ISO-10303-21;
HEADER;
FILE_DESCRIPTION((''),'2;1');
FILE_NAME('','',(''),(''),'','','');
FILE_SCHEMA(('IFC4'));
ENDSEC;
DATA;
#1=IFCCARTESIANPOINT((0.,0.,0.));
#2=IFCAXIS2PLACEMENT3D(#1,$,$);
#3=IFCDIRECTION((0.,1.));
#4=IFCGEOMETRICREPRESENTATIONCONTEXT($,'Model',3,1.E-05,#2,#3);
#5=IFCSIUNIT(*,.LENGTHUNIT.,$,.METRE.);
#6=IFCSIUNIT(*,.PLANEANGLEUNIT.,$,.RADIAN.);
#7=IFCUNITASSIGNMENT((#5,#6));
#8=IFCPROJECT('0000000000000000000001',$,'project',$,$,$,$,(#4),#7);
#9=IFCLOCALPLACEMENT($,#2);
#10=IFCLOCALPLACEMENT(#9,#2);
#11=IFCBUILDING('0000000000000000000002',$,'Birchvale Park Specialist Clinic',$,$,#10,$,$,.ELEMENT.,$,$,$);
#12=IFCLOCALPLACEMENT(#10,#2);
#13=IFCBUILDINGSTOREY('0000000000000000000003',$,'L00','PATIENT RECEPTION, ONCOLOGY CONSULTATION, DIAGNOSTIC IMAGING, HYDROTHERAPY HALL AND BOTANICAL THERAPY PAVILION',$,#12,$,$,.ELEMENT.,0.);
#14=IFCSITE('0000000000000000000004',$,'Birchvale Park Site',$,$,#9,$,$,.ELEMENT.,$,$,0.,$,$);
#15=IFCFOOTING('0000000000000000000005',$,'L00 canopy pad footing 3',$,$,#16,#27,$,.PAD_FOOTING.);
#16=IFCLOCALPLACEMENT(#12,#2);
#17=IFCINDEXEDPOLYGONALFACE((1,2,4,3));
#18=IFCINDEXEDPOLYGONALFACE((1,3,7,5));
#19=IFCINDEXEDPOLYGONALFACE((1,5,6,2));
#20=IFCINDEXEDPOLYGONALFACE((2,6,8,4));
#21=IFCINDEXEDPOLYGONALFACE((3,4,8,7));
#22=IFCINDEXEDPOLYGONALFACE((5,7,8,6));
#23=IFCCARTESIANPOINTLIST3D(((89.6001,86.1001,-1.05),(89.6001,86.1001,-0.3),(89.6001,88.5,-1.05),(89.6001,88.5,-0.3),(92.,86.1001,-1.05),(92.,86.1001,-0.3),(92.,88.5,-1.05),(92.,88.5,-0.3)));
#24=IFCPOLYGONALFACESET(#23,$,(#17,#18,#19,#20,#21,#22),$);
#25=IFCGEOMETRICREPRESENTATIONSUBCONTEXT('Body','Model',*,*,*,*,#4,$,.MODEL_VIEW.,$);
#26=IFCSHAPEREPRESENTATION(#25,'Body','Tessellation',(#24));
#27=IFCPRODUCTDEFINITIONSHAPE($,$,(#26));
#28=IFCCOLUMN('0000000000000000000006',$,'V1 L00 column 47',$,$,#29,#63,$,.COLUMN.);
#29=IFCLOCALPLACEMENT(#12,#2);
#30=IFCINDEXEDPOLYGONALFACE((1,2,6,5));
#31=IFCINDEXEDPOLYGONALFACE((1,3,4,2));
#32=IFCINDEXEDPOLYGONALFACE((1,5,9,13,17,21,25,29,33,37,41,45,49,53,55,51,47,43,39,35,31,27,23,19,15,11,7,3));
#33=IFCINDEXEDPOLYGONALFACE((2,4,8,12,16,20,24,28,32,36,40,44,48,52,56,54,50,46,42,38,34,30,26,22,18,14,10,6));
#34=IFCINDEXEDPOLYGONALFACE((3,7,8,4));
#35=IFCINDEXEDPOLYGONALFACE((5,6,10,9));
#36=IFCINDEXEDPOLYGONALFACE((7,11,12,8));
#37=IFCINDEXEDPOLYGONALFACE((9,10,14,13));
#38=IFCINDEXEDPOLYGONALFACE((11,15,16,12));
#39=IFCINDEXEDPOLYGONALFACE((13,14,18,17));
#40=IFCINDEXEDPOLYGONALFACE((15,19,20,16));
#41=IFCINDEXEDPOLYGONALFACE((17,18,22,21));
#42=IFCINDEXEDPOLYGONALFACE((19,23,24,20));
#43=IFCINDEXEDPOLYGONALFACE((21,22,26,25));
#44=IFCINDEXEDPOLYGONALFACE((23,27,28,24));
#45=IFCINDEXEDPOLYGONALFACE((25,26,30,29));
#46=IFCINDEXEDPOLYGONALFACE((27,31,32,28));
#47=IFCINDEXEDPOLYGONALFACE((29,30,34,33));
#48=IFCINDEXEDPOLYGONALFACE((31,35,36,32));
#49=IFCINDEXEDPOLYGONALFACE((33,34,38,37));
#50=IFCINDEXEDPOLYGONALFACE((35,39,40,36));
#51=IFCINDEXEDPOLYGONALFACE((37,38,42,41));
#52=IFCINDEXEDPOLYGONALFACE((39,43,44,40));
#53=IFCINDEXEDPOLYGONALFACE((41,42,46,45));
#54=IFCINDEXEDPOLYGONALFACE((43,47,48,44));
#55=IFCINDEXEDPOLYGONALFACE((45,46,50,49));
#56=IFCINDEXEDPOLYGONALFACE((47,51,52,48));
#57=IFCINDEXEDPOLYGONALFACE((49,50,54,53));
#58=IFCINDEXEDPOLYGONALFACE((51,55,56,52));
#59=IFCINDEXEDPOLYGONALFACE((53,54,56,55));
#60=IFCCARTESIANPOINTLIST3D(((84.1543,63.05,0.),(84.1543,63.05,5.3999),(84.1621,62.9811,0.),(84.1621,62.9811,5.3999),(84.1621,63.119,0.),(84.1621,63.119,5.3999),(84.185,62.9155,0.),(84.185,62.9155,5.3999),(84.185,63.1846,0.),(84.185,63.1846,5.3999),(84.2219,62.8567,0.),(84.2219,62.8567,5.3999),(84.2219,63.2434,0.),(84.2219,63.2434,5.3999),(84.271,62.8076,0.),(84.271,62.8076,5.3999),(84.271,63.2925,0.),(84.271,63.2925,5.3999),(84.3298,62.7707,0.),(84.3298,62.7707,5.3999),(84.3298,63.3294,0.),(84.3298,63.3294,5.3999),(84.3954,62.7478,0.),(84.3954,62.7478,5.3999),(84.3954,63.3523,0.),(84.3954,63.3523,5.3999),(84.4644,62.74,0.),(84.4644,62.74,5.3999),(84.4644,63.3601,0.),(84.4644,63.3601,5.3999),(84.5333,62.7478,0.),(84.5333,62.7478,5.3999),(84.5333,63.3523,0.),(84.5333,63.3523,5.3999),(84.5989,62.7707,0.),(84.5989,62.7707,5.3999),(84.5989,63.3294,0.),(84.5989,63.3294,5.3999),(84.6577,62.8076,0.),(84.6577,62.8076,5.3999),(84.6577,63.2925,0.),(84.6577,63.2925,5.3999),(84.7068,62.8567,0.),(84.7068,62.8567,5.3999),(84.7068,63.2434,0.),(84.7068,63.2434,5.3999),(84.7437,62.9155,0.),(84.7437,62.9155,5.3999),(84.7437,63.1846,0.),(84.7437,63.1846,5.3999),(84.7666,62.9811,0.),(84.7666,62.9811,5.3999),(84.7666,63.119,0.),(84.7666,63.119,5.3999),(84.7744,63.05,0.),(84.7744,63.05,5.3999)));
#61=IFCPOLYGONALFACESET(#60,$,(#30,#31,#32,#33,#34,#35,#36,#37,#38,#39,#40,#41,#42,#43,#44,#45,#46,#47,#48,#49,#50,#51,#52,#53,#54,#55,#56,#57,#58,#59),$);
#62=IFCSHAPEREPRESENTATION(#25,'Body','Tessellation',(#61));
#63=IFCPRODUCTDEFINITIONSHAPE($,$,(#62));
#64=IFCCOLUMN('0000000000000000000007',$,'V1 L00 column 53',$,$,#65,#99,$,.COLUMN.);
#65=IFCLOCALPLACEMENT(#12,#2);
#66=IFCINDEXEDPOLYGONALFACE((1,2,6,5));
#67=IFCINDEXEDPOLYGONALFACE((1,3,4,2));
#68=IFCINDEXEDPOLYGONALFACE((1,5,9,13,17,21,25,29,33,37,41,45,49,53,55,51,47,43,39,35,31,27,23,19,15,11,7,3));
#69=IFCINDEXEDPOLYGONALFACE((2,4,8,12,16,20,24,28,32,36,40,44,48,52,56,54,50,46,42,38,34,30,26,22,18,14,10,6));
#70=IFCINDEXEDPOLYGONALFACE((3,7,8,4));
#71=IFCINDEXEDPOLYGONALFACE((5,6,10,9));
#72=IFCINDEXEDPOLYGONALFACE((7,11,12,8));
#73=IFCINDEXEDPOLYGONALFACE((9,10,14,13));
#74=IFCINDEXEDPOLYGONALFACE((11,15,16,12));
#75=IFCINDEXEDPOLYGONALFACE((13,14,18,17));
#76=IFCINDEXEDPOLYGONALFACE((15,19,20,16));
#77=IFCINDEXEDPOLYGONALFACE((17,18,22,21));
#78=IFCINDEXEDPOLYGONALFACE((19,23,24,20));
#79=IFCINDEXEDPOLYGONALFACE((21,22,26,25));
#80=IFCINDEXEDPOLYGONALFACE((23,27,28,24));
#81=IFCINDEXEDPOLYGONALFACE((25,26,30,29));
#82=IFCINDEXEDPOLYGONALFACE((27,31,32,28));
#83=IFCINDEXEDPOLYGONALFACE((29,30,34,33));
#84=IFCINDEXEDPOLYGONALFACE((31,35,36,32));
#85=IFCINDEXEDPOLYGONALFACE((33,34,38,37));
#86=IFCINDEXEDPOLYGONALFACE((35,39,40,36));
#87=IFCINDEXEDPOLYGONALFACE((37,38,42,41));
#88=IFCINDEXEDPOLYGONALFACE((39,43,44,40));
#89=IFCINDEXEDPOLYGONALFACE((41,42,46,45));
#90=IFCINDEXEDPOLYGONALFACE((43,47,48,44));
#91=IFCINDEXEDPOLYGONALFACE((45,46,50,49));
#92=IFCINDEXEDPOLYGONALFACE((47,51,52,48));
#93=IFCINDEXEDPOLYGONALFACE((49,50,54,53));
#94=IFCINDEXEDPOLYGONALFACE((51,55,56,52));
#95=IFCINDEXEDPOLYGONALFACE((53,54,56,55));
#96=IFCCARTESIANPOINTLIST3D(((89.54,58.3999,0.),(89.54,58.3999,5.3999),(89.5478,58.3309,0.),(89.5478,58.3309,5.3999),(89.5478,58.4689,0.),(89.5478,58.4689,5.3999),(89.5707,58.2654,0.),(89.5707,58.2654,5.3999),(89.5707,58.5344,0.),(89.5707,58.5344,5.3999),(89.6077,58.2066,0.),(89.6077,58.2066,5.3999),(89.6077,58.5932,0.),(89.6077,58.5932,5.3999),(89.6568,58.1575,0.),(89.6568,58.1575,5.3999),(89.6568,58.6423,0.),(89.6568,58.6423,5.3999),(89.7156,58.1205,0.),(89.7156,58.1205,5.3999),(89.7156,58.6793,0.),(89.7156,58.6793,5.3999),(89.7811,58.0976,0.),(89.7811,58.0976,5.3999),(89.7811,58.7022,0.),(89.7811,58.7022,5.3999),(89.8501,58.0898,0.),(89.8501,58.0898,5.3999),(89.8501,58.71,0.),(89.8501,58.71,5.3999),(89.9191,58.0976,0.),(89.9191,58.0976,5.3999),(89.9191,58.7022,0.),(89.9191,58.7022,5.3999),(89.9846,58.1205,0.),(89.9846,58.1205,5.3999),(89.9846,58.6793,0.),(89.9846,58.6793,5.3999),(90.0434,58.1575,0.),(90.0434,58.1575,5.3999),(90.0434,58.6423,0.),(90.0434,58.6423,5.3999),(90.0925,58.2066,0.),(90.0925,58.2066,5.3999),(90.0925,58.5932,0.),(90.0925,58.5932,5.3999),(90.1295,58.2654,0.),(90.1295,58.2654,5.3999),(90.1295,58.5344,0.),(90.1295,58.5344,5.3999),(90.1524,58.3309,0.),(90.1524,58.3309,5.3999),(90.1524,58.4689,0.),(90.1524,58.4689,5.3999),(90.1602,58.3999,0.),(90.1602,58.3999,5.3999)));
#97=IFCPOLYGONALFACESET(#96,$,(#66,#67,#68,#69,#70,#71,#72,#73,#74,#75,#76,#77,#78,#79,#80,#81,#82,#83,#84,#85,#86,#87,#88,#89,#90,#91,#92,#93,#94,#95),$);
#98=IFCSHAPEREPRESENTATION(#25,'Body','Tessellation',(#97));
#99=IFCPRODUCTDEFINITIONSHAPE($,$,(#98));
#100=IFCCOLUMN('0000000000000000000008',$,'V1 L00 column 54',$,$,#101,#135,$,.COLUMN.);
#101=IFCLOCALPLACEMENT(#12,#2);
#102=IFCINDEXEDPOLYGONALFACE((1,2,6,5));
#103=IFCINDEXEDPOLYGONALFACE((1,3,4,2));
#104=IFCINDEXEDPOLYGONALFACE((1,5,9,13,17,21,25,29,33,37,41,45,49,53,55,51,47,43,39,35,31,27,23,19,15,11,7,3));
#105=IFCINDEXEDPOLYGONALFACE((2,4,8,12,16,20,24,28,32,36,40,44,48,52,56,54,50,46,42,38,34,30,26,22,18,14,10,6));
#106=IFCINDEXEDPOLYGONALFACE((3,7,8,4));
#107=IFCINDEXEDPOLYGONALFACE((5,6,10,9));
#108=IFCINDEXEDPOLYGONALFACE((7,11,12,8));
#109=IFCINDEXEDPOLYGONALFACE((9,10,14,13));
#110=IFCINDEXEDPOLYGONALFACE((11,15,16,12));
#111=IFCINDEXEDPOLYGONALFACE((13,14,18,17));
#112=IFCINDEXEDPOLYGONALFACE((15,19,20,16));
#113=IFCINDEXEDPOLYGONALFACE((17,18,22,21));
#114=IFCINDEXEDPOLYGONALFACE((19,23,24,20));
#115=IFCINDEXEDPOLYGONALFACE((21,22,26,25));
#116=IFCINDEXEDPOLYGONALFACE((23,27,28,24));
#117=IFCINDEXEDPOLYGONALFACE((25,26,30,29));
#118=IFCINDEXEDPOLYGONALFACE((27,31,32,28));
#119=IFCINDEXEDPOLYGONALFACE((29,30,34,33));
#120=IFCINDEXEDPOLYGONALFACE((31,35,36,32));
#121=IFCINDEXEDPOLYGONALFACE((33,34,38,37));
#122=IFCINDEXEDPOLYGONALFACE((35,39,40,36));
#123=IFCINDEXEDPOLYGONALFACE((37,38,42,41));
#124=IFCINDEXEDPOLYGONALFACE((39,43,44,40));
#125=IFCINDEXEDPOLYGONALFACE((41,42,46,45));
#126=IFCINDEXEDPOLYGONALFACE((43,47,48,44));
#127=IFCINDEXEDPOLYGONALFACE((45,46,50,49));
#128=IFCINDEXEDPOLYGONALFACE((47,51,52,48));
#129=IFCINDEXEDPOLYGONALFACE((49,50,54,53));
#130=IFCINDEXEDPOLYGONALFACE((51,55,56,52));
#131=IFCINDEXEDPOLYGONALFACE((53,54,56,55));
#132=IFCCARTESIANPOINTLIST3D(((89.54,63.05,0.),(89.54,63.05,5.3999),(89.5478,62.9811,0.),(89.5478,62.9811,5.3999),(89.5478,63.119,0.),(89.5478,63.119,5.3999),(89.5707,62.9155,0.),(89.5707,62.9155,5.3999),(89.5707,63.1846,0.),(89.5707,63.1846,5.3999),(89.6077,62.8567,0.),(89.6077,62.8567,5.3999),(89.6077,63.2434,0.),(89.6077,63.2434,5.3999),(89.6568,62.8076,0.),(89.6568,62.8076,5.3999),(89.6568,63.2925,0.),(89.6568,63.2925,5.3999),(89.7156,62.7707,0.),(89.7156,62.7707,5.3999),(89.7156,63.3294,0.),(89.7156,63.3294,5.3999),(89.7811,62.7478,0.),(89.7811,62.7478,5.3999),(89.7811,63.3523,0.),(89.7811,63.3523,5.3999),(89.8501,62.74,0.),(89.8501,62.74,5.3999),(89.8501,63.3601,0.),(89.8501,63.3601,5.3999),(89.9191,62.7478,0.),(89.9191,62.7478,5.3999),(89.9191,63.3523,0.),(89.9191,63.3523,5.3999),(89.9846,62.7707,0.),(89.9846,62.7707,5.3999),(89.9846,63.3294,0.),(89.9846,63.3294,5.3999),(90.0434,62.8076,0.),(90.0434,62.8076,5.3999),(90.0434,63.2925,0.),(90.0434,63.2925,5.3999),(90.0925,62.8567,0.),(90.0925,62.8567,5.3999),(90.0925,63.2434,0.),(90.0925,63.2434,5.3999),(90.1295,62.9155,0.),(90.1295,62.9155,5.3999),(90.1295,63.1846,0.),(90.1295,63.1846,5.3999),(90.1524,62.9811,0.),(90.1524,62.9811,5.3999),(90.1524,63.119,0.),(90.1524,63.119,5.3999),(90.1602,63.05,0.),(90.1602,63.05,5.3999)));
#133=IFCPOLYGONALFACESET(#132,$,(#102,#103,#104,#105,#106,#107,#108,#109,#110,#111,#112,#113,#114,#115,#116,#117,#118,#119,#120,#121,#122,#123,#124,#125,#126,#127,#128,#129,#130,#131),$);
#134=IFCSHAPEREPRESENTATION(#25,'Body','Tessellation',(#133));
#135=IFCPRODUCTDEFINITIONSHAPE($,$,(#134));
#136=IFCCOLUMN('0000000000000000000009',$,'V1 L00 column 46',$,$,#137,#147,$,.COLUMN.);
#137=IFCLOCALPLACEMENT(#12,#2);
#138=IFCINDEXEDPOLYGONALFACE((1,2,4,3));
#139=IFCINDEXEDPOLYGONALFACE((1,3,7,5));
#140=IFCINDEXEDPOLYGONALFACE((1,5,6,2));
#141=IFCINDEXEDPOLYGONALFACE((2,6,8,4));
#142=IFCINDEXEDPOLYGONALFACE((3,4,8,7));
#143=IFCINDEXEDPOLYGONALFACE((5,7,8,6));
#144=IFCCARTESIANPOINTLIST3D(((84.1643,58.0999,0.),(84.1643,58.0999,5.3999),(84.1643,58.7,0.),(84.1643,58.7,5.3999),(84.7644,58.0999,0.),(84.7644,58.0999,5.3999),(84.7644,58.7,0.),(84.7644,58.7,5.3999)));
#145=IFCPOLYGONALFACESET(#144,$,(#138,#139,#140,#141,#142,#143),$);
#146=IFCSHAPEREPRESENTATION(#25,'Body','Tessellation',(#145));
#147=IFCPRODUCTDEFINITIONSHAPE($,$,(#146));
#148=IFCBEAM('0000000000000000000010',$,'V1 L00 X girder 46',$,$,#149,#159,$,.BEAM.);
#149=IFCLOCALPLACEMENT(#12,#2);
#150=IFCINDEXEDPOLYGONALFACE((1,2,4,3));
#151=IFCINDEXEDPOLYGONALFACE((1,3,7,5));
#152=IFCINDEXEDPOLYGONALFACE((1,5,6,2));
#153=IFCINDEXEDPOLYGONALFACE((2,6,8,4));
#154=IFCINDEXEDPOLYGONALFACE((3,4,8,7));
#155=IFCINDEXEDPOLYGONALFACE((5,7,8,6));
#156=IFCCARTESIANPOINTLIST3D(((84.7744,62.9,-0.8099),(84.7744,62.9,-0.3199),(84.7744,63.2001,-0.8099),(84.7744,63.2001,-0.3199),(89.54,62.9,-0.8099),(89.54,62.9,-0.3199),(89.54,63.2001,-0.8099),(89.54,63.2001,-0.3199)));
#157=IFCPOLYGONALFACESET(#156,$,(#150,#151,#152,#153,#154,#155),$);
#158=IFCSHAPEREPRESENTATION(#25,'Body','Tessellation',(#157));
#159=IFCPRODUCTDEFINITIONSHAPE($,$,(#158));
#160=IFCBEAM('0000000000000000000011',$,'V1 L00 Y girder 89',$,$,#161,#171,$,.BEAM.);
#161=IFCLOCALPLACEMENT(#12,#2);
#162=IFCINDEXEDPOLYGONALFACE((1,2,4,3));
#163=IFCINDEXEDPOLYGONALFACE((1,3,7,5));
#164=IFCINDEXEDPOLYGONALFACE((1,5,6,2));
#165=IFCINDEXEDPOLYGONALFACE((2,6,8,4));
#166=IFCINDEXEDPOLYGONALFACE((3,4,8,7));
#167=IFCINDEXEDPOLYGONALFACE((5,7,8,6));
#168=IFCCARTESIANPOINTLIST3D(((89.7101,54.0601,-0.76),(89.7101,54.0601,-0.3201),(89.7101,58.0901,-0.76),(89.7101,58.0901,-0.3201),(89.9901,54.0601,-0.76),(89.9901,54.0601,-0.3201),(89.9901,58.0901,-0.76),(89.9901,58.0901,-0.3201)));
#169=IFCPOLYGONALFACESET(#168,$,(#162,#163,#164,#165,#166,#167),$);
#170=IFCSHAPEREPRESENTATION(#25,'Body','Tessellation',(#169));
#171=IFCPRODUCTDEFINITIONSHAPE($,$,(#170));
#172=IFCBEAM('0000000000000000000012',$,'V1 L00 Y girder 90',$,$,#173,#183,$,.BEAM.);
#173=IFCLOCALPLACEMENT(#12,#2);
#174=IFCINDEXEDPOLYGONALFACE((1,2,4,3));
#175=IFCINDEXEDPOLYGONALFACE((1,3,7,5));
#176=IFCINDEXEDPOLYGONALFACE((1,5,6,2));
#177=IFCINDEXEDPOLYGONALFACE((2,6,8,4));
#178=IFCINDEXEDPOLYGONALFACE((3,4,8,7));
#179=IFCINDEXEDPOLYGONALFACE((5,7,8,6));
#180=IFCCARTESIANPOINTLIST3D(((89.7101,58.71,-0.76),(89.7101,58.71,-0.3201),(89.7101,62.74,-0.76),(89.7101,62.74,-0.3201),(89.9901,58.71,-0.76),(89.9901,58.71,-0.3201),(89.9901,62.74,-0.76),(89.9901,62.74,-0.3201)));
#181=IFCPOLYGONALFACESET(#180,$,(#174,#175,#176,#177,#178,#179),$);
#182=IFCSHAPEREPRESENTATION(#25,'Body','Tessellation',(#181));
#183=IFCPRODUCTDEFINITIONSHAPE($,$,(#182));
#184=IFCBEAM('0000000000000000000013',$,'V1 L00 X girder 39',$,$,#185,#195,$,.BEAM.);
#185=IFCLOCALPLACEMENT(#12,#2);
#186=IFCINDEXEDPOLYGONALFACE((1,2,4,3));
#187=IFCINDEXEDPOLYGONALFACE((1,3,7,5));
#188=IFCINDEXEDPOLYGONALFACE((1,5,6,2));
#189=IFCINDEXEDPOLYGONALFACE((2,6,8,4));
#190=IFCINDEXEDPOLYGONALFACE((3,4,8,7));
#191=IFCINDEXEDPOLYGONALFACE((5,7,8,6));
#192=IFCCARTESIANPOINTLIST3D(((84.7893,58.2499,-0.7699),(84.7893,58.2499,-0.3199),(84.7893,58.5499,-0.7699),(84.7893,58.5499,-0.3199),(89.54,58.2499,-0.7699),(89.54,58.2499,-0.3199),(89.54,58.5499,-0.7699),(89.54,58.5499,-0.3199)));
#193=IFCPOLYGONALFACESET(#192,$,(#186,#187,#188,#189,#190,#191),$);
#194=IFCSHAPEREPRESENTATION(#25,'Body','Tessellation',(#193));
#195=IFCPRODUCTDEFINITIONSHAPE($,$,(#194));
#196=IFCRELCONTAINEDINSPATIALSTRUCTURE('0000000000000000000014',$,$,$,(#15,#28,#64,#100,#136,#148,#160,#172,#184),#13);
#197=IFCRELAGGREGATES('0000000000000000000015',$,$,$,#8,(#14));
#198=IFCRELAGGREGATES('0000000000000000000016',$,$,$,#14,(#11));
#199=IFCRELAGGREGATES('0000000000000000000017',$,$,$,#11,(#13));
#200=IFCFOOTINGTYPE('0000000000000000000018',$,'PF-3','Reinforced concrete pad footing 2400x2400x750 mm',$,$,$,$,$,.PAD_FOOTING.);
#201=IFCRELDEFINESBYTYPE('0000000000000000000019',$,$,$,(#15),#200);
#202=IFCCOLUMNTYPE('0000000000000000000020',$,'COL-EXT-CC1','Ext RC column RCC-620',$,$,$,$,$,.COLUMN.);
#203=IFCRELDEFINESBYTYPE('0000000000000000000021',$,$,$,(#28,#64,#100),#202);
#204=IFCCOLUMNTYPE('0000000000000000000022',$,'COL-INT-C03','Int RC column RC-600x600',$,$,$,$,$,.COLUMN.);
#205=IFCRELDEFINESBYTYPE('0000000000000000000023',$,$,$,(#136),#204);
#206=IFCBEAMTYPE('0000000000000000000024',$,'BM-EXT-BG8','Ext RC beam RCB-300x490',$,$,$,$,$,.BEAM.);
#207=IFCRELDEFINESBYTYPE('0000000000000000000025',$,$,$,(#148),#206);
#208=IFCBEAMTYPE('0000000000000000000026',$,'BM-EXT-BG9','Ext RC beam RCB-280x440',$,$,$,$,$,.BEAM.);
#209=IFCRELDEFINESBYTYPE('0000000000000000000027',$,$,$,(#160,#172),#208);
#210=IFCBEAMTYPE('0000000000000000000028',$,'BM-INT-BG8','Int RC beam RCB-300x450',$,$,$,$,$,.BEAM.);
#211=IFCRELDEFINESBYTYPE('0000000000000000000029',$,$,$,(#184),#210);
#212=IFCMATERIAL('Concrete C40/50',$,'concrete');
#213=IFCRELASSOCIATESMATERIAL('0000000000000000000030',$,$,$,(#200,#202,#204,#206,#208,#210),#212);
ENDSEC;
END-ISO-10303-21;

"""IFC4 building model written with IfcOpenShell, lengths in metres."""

from ifc_helpers import new_model, si_unit, direction, frame, origin, origin_2d, place, context, subcontext, project, spatial, rectangle, circle, extrude, material, material_profile, profile_set, type_object, element, save


model = new_model("IFC4")

# Units and contexts
model_context = context("Model", 3, precision=1e-05, world=origin(), true_north=direction((0.0, 1.0)))
body_context = subcontext(model_context, "Body", "Model", "MODEL_VIEW")
ifc_project = project(units=[si_unit("LENGTHUNIT", "METRE"), si_unit("PLANEANGLEUNIT", "RADIAN")], contexts=[model_context])

# Site, building, storey
site_placement = place(None, origin())
site = spatial("IfcSite", under=ifc_project, at=site_placement, Name="Birchvale Park Site", CompositionType="ELEMENT", RefElevation=0.0)
building_placement = place(site_placement, origin())
building = spatial("IfcBuilding", under=site, at=building_placement, Name="Birchvale Park Specialist Clinic", CompositionType="ELEMENT")
storey_placement = place(building_placement, origin())
storey = spatial("IfcBuildingStorey", under=building, at=storey_placement, Name="L00", Description="PATIENT RECEPTION, ONCOLOGY CONSULTATION, DIAGNOSTIC IMAGING, HYDROTHERAPY HALL AND BOTANICAL THERAPY PAVILION", CompositionType="ELEMENT", Elevation=0.0)

# Footing
ifc_material_1 = material(Name="Concrete C40/50", Category="concrete")
footing_type = type_object("IfcFootingType", Name="PF-3", Description="Reinforced concrete pad footing 2400x2400x750 mm", PredefinedType="PAD_FOOTING", material=ifc_material_1)
footing_placement = place(storey_placement, frame((90.8, 87.3, -1.05), z_axis=(0.0, 0.0, 1.0), x_axis=(1.0, 0.0, 0.0)))
element("IfcFooting", 1, at=footing_placement, inside=storey, type_object=footing_type, Name="L00 canopy pad footing 3", PredefinedType="PAD_FOOTING", context=body_context, shape_type="SweptSolid", body=[
    extrude(rectangle(XDim=2.3999, YDim=2.3999, at=origin_2d()), origin(), (0.0, 0.0, 1.0), 0.75),
])

# Columns
ifc_material_profile_1 = material_profile(ifc_material_1, circle(Radius=0.3101, at=origin_2d()), Name="RCC-620")
ifc_profile_set_1 = profile_set([ifc_material_profile_1], Name="Concrete C40/50")
column_type_1 = type_object("IfcColumnType", Name="COL-EXT-CC1", Description="Ext RC column RCC-620", PredefinedType="COLUMN", material=ifc_profile_set_1)
for number, where, z_axis, x_axis, name in (
    (2, (84.4644, 63.05, 0.0), (0.0, 0.0, 1.0), (1.0, 0.0, 0.0), "V1 L00 column 47"),
    (3, (89.8501, 58.3999, 0.0), (0.0, 0.0, 1.0), (1.0, 0.0, 0.0), "V1 L00 column 53"),
    (4, (89.8501, 63.05, 0.0), (0.0, 0.0, 1.0), (1.0, 0.0, 0.0), "V1 L00 column 54"),
):
    element("IfcColumn", number, at=place(storey_placement, frame(where, z_axis=z_axis, x_axis=x_axis)), inside=storey, type_object=column_type_1, Name=name, PredefinedType="COLUMN", context=body_context, shape_type="SweptSolid", body=[
        extrude(circle(Radius=0.3101, at=origin_2d()), origin(), (0.0, 0.0, 1.0), 5.3999),
    ])
ifc_material_profile_2 = material_profile(ifc_material_1, rectangle(XDim=0.6001, YDim=0.6001, at=origin_2d()), Name="RC-600x600")
ifc_profile_set_2 = profile_set([ifc_material_profile_2], Name="Concrete C40/50")
column_type_2 = type_object("IfcColumnType", Name="COL-INT-C03", Description="Int RC column RC-600x600", PredefinedType="COLUMN", material=ifc_profile_set_2)
column_placement = place(storey_placement, frame((84.4644, 58.3999, 0.0), z_axis=(0.0, 0.0, 1.0), x_axis=(1.0, 0.0, 0.0)))
element("IfcColumn", 5, at=column_placement, inside=storey, type_object=column_type_2, Name="V1 L00 column 46", PredefinedType="COLUMN", context=body_context, shape_type="SweptSolid", body=[
    extrude(rectangle(XDim=0.6001, YDim=0.6001, at=origin_2d()), origin(), (0.0, 0.0, 1.0), 5.3999),
])

# Beams
ifc_material_profile_3 = material_profile(ifc_material_1, rectangle(XDim=0.3, YDim=0.49, at=origin_2d()), Name="RCB-300x490")
ifc_profile_set_3 = profile_set([ifc_material_profile_3], Name="Concrete C40/50")
beam_type_1 = type_object("IfcBeamType", Name="BM-EXT-BG8", Description="Ext RC beam RCB-300x490", PredefinedType="BEAM", material=ifc_profile_set_3)
beam_1_placement = place(storey_placement, frame((84.7744, 63.05, -0.5649), z_axis=(1.0, 0.0, 0.0), x_axis=(0.0, 1.0, 0.0)))
element("IfcBeam", 6, at=beam_1_placement, inside=storey, type_object=beam_type_1, Name="V1 L00 X girder 46", PredefinedType="BEAM", context=body_context, shape_type="SweptSolid", body=[
    extrude(rectangle(XDim=0.3, YDim=0.49, at=origin_2d()), origin(), (0.0, 0.0, 1.0), 4.7656),
])
ifc_material_profile_4 = material_profile(ifc_material_1, rectangle(XDim=0.28, YDim=0.4399, at=origin_2d()), Name="RCB-280x440")
ifc_profile_set_4 = profile_set([ifc_material_profile_4], Name="Concrete C40/50")
beam_type_2 = type_object("IfcBeamType", Name="BM-EXT-BG9", Description="Ext RC beam RCB-280x440", PredefinedType="BEAM", material=ifc_profile_set_4)
for number, where, z_axis, x_axis, name in (
    (7, (89.8501, 54.0601, -0.54), (0.0, 1.0, 0.0), (-1.0, 0.0, 0.0), "V1 L00 Y girder 89"),
    (8, (89.8501, 58.71, -0.54), (0.0, 1.0, 0.0), (-1.0, 0.0, 0.0), "V1 L00 Y girder 90"),
):
    element("IfcBeam", number, at=place(storey_placement, frame(where, z_axis=z_axis, x_axis=x_axis)), inside=storey, type_object=beam_type_2, Name=name, PredefinedType="BEAM", context=body_context, shape_type="SweptSolid", body=[
        extrude(rectangle(XDim=0.28, YDim=0.4399, at=origin_2d()), origin(), (0.0, 0.0, 1.0), 4.03),
    ])
ifc_material_profile_5 = material_profile(ifc_material_1, rectangle(XDim=0.3, YDim=0.45, at=origin_2d()), Name="RCB-300x450")
ifc_profile_set_5 = profile_set([ifc_material_profile_5], Name="Concrete C40/50")
beam_type_3 = type_object("IfcBeamType", Name="BM-INT-BG8", Description="Int RC beam RCB-300x450", PredefinedType="BEAM", material=ifc_profile_set_5)
beam_2_placement = place(storey_placement, frame((84.7893, 58.3999, -0.5449), z_axis=(1.0, 0.0, 0.0), x_axis=(0.0, 1.0, 0.0)))
element("IfcBeam", 9, at=beam_2_placement, inside=storey, type_object=beam_type_3, Name="V1 L00 X girder 39", PredefinedType="BEAM", context=body_context, shape_type="SweptSolid", body=[
    extrude(rectangle(XDim=0.3, YDim=0.45, at=origin_2d()), origin(), (0.0, 0.0, 1.0), 4.7507),
])

save(model, "model.ifc")
